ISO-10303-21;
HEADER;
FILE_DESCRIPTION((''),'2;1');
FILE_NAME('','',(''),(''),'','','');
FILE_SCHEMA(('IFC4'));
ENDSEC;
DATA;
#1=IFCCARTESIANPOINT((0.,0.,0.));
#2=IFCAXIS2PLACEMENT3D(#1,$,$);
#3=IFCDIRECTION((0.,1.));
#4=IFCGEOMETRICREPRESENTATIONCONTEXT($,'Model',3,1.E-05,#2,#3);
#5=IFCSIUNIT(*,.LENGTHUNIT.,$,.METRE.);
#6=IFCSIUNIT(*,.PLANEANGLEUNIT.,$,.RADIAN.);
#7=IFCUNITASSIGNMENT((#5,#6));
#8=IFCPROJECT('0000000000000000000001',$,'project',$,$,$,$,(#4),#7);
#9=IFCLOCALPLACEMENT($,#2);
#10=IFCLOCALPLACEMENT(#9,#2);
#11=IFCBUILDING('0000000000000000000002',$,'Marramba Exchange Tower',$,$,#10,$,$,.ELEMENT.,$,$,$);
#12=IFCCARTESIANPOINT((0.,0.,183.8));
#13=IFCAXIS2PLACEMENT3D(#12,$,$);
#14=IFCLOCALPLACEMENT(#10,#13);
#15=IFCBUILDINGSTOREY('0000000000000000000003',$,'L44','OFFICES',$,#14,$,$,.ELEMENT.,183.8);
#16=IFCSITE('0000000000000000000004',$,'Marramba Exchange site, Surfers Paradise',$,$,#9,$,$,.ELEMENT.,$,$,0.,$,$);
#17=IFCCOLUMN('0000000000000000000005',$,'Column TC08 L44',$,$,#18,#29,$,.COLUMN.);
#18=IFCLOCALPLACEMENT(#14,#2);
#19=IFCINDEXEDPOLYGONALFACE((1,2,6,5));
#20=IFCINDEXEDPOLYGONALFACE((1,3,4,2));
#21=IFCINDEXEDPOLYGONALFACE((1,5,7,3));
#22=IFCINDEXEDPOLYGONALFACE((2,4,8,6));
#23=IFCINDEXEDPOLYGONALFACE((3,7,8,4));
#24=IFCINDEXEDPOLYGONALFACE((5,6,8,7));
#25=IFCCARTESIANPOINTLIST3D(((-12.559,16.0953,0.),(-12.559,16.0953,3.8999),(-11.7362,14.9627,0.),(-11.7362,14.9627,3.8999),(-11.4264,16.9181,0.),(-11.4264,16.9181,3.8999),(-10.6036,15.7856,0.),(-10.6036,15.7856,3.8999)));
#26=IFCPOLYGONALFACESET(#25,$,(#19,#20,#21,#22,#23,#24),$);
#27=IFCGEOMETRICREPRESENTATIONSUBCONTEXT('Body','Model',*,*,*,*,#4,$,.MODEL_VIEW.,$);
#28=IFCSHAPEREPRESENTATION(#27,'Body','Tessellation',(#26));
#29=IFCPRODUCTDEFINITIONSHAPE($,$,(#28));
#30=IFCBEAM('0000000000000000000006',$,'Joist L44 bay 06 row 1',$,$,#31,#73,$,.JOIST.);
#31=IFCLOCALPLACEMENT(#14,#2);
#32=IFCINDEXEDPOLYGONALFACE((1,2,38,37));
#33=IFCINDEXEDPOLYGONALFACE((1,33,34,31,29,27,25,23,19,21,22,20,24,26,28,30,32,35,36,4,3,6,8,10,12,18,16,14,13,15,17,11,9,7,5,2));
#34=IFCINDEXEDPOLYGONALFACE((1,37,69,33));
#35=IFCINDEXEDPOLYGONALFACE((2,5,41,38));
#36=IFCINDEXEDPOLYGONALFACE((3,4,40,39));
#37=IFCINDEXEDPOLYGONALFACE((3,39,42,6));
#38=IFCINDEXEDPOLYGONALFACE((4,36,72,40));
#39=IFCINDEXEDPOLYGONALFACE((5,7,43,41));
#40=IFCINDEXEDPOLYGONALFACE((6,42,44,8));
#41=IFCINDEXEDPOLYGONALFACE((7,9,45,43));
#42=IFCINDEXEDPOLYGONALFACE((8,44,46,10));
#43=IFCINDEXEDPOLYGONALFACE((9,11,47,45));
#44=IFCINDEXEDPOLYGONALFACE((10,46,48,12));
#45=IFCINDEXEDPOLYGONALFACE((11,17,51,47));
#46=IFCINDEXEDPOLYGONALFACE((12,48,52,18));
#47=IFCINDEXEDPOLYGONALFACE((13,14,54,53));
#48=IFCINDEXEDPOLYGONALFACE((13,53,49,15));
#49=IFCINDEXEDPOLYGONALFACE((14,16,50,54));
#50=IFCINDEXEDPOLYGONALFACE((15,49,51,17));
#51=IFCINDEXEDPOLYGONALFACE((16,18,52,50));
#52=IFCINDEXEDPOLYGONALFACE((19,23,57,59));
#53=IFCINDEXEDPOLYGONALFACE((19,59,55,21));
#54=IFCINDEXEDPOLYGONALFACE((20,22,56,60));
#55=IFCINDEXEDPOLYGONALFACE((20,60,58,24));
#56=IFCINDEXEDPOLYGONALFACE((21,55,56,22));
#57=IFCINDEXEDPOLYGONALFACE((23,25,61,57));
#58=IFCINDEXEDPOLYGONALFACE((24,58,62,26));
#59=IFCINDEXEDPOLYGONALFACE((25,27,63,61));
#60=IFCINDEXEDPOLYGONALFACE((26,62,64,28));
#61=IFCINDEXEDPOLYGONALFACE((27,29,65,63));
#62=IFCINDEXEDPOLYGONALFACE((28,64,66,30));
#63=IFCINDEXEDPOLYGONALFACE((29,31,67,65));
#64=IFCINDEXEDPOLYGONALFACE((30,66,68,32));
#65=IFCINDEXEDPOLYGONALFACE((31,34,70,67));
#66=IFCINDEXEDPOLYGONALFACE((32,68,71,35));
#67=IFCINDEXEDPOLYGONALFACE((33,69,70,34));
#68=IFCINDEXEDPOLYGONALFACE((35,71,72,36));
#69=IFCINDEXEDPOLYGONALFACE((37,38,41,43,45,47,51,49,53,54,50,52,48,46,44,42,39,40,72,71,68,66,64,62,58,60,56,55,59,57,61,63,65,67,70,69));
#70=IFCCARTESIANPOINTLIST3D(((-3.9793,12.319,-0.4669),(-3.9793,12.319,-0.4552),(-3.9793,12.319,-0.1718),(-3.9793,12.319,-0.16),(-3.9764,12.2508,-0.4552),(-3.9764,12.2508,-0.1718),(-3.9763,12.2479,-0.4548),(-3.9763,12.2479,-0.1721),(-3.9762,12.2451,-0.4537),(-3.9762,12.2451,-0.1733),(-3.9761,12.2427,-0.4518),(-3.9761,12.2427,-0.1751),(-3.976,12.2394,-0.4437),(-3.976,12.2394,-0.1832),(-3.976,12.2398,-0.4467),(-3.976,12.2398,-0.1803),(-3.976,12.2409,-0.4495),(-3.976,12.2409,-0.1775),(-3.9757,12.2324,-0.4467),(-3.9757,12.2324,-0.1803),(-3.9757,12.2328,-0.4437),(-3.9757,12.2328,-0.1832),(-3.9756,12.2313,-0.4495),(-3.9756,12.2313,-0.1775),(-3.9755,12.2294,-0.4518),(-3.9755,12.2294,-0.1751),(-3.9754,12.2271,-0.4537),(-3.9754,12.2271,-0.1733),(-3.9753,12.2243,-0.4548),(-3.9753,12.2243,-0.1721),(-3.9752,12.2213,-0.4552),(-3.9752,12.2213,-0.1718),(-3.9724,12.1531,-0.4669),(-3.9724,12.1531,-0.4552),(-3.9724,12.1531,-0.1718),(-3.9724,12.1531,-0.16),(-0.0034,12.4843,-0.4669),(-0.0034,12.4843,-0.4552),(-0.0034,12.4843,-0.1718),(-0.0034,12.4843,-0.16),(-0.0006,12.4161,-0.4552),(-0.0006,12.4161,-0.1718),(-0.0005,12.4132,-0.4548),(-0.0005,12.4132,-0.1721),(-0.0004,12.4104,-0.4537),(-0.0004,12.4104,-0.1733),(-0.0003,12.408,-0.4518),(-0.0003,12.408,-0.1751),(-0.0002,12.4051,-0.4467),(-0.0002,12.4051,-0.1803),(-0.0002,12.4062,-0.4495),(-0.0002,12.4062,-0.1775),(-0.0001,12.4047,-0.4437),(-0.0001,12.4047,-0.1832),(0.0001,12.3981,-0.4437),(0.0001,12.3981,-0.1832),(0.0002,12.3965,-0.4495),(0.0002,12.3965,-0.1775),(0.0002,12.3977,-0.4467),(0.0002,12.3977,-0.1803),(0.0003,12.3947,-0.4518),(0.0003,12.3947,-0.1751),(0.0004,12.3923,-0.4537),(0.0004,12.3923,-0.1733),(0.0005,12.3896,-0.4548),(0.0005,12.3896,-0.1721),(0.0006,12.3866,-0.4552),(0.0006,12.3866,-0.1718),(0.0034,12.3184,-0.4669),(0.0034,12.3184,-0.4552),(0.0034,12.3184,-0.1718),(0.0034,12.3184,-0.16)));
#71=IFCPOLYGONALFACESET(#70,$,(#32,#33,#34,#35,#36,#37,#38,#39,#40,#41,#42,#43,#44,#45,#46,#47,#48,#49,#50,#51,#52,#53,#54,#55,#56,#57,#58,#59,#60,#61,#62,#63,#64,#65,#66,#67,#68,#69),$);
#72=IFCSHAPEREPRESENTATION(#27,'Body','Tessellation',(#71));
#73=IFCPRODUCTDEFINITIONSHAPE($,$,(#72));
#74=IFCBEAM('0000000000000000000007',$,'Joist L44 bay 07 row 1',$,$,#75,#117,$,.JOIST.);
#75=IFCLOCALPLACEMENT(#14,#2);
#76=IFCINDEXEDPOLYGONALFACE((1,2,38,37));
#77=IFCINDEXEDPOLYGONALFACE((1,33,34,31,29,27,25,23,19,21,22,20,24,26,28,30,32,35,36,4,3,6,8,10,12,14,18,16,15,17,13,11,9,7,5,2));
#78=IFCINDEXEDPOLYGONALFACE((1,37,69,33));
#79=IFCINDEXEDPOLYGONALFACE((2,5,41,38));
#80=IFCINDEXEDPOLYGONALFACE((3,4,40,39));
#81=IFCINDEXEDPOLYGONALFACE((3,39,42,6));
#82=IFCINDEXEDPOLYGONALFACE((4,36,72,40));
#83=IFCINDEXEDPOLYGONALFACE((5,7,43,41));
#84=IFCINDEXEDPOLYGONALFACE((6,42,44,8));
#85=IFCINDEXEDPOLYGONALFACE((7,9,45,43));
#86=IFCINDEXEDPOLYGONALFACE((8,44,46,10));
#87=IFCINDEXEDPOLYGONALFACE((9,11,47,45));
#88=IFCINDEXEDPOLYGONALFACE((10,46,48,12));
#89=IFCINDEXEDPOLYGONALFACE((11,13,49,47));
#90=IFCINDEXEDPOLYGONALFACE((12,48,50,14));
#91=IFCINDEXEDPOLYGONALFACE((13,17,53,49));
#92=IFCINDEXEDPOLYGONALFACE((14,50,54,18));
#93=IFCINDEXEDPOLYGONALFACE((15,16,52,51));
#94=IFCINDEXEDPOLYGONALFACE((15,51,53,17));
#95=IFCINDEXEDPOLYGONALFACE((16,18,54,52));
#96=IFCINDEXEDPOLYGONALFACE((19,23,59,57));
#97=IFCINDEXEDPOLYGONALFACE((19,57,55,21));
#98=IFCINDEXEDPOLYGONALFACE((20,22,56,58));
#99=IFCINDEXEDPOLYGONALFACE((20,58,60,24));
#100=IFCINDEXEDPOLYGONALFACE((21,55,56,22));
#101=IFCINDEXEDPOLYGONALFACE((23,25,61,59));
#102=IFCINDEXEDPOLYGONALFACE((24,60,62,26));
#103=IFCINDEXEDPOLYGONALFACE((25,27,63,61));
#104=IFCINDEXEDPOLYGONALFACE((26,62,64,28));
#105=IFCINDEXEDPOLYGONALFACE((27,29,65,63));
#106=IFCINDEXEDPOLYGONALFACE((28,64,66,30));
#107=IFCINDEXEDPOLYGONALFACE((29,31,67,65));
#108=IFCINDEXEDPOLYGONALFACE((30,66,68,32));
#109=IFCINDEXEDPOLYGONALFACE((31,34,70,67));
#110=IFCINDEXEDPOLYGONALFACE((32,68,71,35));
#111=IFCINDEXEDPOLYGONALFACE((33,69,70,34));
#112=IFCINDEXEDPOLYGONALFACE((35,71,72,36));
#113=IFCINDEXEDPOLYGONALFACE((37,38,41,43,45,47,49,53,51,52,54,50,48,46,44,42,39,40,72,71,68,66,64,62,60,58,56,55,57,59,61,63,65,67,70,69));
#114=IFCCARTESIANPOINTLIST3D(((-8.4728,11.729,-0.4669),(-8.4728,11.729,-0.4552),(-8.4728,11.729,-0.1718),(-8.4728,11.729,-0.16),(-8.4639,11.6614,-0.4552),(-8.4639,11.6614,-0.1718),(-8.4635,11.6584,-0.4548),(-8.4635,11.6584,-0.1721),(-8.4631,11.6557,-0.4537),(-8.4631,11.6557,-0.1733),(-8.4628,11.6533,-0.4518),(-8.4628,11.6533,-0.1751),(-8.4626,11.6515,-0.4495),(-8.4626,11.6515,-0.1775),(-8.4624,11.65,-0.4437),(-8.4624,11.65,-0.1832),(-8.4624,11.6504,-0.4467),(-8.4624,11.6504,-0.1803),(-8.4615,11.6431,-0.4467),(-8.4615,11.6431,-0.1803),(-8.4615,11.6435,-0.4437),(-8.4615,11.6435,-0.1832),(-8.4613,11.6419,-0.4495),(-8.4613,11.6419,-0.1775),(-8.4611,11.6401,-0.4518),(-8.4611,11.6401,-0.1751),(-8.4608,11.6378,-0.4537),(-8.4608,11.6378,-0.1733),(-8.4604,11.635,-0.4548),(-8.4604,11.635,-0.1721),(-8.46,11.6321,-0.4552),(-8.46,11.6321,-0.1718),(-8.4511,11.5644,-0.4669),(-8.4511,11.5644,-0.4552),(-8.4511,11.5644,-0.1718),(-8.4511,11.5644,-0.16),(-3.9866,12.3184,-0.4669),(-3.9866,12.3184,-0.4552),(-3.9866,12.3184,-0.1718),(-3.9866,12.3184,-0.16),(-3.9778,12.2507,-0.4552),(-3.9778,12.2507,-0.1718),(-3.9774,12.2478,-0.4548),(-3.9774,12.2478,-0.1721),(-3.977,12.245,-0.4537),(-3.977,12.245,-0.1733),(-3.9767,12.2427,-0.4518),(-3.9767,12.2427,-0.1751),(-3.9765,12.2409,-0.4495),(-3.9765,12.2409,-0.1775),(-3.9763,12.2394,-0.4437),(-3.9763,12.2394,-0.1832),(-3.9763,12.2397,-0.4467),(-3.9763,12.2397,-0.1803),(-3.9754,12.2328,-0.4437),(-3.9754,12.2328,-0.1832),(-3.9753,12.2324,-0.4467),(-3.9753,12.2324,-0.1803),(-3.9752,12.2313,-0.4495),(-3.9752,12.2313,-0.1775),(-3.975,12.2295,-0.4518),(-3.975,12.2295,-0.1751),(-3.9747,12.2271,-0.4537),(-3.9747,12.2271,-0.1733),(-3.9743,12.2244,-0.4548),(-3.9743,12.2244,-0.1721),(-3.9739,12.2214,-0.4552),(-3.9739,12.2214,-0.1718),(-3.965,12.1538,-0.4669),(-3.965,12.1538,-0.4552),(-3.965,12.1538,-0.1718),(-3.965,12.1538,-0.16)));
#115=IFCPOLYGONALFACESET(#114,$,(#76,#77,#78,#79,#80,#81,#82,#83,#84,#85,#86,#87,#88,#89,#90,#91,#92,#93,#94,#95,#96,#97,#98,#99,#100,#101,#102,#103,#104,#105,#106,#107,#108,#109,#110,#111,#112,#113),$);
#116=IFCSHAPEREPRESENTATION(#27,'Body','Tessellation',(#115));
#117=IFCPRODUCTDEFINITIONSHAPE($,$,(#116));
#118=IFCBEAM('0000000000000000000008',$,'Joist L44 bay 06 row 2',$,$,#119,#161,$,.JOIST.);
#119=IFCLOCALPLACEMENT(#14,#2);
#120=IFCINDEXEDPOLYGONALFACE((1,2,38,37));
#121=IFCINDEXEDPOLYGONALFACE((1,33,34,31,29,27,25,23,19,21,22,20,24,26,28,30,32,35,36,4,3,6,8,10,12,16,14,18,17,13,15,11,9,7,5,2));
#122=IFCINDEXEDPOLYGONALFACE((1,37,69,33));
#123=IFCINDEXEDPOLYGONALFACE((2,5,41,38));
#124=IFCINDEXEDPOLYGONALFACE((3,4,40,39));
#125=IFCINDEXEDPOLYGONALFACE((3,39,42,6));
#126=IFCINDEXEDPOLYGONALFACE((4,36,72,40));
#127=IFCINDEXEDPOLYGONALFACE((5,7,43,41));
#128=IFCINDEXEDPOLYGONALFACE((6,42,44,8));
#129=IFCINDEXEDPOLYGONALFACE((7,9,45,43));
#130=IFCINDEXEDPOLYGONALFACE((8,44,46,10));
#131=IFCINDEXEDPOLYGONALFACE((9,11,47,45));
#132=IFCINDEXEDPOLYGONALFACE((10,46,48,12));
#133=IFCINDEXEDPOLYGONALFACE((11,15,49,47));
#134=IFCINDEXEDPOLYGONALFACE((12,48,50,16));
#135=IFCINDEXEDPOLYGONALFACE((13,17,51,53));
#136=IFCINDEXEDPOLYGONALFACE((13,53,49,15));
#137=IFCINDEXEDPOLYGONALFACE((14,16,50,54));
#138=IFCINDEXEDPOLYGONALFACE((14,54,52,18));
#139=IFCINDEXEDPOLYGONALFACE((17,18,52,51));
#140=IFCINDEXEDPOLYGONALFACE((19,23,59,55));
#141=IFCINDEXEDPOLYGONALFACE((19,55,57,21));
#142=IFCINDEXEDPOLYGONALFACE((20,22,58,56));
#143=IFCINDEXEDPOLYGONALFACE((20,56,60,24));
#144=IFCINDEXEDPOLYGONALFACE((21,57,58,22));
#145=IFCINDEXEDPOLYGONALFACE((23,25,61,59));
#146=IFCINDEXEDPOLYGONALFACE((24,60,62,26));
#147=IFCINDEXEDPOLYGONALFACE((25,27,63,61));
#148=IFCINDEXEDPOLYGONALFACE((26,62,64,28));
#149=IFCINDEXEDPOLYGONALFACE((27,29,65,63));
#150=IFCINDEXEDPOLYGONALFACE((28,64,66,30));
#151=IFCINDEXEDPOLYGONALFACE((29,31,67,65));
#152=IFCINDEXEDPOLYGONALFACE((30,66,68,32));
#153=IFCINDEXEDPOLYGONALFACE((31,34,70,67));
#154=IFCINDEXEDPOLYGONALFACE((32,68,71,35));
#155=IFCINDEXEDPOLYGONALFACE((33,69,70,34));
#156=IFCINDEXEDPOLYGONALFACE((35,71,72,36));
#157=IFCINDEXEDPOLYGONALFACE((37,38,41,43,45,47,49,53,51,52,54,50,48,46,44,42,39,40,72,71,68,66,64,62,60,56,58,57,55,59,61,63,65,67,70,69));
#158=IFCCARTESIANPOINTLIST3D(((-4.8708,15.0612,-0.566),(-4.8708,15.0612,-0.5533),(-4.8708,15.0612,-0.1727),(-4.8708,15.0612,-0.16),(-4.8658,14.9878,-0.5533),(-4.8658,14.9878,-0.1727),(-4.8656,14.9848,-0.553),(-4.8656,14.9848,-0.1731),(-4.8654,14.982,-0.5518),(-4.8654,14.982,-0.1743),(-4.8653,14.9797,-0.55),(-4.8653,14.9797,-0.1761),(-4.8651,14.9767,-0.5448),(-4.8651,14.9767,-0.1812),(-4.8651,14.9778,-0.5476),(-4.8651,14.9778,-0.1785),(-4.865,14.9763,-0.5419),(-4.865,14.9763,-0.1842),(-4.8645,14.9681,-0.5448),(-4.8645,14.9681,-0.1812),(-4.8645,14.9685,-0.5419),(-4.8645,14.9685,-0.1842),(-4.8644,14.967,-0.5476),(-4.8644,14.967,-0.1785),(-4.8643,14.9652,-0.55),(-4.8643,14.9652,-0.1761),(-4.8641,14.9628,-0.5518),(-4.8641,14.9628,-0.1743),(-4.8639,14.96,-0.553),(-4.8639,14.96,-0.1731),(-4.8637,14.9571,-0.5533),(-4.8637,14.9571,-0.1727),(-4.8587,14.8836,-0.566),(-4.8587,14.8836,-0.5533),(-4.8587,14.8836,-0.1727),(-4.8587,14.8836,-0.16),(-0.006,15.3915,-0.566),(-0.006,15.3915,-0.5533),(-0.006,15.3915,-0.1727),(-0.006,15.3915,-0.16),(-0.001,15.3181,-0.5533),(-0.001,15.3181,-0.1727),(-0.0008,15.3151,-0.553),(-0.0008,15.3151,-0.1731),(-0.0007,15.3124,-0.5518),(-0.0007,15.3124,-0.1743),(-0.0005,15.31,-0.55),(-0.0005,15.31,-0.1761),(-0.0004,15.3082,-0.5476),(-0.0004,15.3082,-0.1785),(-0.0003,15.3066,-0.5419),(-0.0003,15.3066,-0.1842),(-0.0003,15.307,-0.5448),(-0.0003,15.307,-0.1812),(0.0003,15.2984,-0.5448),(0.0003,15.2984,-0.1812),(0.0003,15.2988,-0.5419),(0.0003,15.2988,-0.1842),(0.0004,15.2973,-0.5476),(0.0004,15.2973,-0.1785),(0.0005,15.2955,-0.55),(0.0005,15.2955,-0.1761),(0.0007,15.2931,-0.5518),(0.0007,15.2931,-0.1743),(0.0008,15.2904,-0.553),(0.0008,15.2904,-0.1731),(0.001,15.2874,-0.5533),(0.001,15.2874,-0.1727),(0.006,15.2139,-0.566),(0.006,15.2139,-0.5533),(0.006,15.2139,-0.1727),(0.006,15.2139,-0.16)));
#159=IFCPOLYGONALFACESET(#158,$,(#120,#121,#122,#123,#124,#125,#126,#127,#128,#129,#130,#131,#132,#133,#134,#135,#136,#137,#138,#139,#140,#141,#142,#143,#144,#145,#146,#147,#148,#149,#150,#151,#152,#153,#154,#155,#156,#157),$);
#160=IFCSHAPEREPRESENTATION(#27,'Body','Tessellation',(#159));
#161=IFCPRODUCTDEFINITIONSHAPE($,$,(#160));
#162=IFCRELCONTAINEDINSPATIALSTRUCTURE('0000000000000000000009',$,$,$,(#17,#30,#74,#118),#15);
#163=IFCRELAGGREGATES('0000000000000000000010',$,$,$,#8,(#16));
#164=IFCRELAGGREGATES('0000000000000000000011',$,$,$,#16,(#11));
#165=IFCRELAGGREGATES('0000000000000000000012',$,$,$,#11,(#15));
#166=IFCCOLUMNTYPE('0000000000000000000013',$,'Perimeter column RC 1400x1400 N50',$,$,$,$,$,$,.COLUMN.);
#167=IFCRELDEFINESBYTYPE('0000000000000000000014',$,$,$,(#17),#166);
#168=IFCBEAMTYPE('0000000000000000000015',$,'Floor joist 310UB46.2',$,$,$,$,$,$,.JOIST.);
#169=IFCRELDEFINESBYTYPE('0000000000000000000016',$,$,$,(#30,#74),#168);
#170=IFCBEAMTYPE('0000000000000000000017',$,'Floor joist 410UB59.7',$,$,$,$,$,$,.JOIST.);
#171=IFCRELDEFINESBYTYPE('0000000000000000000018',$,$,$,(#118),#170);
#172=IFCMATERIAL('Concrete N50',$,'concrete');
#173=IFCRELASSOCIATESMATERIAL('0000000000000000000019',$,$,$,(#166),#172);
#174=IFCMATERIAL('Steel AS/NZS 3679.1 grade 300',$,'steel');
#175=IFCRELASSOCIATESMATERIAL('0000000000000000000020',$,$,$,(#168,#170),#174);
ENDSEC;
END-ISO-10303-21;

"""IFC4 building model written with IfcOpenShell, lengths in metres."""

from ifc_helpers import new_model, si_unit, direction, frame, origin, origin_2d, place, context, subcontext, project, spatial, rectangle, i_section, extrude, material, material_profile, profile_set, type_object, element, save


model = new_model("IFC4")

# Units and contexts
model_context = context("Model", 3, precision=1e-05, world=origin(), true_north=direction((0.0, 1.0)))
body_context = subcontext(model_context, "Body", "Model", "MODEL_VIEW")
ifc_project = project(units=[si_unit("LENGTHUNIT", "METRE"), si_unit("PLANEANGLEUNIT", "RADIAN")], contexts=[model_context])

# Site, building, storey
site_placement = place(None, origin())
site = spatial("IfcSite", under=ifc_project, at=site_placement, Name="Marramba Exchange site, Surfers Paradise", CompositionType="ELEMENT", RefElevation=0.0)
building_placement = place(site_placement, origin())
building = spatial("IfcBuilding", under=site, at=building_placement, Name="Marramba Exchange Tower", CompositionType="ELEMENT")
storey_placement = place(building_placement, frame((0.0, 0.0, 183.8)))
storey = spatial("IfcBuildingStorey", under=building, at=storey_placement, Name="L44", Description="OFFICES", CompositionType="ELEMENT", Elevation=183.8)

# Column
ifc_material_1 = material(Name="Concrete N50", Category="concrete")
ifc_material_profile_1 = material_profile(ifc_material_1, rectangle(XDim=1.3999, YDim=1.3999, at=origin_2d()), Name="RC 1400x1400")
ifc_profile_set_1 = profile_set([ifc_material_profile_1], Name="Concrete N50")
column_type = type_object("IfcColumnType", Name="Perimeter column RC 1400x1400 N50", PredefinedType="COLUMN", material=ifc_profile_set_1)
column_placement = place(storey_placement, frame((-11.5813, 15.9404, 0.0), z_axis=(0.0, 0.0, 1.0), x_axis=(-0.587785, 0.809017, 0.0)))
element("IfcColumn", 1, at=column_placement, inside=storey, type_object=column_type, Name="Column TC08 L44", PredefinedType="COLUMN", context=body_context, shape_type="SweptSolid", body=[
    extrude(rectangle(XDim=1.3999, YDim=1.3999, at=origin_2d()), origin(), (0.0, 0.0, 1.0), 3.8999),
])

# Beams
ifc_material_2 = material(Name="Steel AS/NZS 3679.1 grade 300", Category="steel")
ifc_material_profile_2 = material_profile(ifc_material_2, i_section(OverallWidth=0.166, OverallDepth=0.3069, WebThickness=0.0066, FlangeThickness=0.0117, FilletRadius=0.0115, at=origin_2d()), Name="310UB46.2")
ifc_profile_set_2 = profile_set([ifc_material_profile_2], Name="Steel AS/NZS 3679.1 grade 300")
beam_type_1 = type_object("IfcBeamType", Name="Floor joist 310UB46.2", PredefinedType="JOIST", material=ifc_profile_set_2)
beam_1_placement = place(storey_placement, frame((0.0, 12.4014, -0.3135), z_axis=(-0.999137, -0.041536, 0.0), x_axis=(0.041536, -0.999137, 0.0)))
element("IfcBeam", 2, at=beam_1_placement, inside=storey, type_object=beam_type_1, Name="Joist L44 bay 06 row 1", PredefinedType="JOIST", context=body_context, shape_type="SweptSolid", body=[
    extrude(i_section(OverallWidth=0.166, OverallDepth=0.3069, WebThickness=0.0066, FlangeThickness=0.0117, FilletRadius=0.0115, at=origin_2d()), origin(), (0.0, 0.0, 1.0), 3.9792),
])
beam_2_placement = place(storey_placement, frame((-3.9758, 12.2361, -0.3135), z_axis=(-0.991481, -0.130255, 0.0), x_axis=(0.130255, -0.991481, 0.0)))
element("IfcBeam", 3, at=beam_2_placement, inside=storey, type_object=beam_type_1, Name="Joist L44 bay 07 row 1", PredefinedType="JOIST", context=body_context, shape_type="SweptSolid", body=[
    extrude(i_section(OverallWidth=0.166, OverallDepth=0.3069, WebThickness=0.0066, FlangeThickness=0.0117, FilletRadius=0.0115, at=origin_2d()), origin(), (0.0, 0.0, 1.0), 4.5247),
])
ifc_material_profile_3 = material_profile(ifc_material_2, i_section(OverallWidth=0.178, OverallDepth=0.406, WebThickness=0.0078, FlangeThickness=0.0127, FilletRadius=0.0115, at=origin_2d()), Name="410UB59.7")
ifc_profile_set_3 = profile_set([ifc_material_profile_3], Name="Steel AS/NZS 3679.1 grade 300")
beam_type_2 = type_object("IfcBeamType", Name="Floor joist 410UB59.7", PredefinedType="JOIST", material=ifc_profile_set_3)
beam_3_placement = place(storey_placement, frame((0.0, 15.3027, -0.363), z_axis=(-0.997703, -0.067745, 0.0), x_axis=(0.067745, -0.997703, 0.0)))
element("IfcBeam", 4, at=beam_3_placement, inside=storey, type_object=beam_type_2, Name="Joist L44 bay 06 row 2", PredefinedType="JOIST", context=body_context, shape_type="SweptSolid", body=[
    extrude(i_section(OverallWidth=0.178, OverallDepth=0.406, WebThickness=0.0078, FlangeThickness=0.0127, FilletRadius=0.0115, at=origin_2d()), origin(), (0.0, 0.0, 1.0), 4.876),
])

save(model, "model.ifc")
